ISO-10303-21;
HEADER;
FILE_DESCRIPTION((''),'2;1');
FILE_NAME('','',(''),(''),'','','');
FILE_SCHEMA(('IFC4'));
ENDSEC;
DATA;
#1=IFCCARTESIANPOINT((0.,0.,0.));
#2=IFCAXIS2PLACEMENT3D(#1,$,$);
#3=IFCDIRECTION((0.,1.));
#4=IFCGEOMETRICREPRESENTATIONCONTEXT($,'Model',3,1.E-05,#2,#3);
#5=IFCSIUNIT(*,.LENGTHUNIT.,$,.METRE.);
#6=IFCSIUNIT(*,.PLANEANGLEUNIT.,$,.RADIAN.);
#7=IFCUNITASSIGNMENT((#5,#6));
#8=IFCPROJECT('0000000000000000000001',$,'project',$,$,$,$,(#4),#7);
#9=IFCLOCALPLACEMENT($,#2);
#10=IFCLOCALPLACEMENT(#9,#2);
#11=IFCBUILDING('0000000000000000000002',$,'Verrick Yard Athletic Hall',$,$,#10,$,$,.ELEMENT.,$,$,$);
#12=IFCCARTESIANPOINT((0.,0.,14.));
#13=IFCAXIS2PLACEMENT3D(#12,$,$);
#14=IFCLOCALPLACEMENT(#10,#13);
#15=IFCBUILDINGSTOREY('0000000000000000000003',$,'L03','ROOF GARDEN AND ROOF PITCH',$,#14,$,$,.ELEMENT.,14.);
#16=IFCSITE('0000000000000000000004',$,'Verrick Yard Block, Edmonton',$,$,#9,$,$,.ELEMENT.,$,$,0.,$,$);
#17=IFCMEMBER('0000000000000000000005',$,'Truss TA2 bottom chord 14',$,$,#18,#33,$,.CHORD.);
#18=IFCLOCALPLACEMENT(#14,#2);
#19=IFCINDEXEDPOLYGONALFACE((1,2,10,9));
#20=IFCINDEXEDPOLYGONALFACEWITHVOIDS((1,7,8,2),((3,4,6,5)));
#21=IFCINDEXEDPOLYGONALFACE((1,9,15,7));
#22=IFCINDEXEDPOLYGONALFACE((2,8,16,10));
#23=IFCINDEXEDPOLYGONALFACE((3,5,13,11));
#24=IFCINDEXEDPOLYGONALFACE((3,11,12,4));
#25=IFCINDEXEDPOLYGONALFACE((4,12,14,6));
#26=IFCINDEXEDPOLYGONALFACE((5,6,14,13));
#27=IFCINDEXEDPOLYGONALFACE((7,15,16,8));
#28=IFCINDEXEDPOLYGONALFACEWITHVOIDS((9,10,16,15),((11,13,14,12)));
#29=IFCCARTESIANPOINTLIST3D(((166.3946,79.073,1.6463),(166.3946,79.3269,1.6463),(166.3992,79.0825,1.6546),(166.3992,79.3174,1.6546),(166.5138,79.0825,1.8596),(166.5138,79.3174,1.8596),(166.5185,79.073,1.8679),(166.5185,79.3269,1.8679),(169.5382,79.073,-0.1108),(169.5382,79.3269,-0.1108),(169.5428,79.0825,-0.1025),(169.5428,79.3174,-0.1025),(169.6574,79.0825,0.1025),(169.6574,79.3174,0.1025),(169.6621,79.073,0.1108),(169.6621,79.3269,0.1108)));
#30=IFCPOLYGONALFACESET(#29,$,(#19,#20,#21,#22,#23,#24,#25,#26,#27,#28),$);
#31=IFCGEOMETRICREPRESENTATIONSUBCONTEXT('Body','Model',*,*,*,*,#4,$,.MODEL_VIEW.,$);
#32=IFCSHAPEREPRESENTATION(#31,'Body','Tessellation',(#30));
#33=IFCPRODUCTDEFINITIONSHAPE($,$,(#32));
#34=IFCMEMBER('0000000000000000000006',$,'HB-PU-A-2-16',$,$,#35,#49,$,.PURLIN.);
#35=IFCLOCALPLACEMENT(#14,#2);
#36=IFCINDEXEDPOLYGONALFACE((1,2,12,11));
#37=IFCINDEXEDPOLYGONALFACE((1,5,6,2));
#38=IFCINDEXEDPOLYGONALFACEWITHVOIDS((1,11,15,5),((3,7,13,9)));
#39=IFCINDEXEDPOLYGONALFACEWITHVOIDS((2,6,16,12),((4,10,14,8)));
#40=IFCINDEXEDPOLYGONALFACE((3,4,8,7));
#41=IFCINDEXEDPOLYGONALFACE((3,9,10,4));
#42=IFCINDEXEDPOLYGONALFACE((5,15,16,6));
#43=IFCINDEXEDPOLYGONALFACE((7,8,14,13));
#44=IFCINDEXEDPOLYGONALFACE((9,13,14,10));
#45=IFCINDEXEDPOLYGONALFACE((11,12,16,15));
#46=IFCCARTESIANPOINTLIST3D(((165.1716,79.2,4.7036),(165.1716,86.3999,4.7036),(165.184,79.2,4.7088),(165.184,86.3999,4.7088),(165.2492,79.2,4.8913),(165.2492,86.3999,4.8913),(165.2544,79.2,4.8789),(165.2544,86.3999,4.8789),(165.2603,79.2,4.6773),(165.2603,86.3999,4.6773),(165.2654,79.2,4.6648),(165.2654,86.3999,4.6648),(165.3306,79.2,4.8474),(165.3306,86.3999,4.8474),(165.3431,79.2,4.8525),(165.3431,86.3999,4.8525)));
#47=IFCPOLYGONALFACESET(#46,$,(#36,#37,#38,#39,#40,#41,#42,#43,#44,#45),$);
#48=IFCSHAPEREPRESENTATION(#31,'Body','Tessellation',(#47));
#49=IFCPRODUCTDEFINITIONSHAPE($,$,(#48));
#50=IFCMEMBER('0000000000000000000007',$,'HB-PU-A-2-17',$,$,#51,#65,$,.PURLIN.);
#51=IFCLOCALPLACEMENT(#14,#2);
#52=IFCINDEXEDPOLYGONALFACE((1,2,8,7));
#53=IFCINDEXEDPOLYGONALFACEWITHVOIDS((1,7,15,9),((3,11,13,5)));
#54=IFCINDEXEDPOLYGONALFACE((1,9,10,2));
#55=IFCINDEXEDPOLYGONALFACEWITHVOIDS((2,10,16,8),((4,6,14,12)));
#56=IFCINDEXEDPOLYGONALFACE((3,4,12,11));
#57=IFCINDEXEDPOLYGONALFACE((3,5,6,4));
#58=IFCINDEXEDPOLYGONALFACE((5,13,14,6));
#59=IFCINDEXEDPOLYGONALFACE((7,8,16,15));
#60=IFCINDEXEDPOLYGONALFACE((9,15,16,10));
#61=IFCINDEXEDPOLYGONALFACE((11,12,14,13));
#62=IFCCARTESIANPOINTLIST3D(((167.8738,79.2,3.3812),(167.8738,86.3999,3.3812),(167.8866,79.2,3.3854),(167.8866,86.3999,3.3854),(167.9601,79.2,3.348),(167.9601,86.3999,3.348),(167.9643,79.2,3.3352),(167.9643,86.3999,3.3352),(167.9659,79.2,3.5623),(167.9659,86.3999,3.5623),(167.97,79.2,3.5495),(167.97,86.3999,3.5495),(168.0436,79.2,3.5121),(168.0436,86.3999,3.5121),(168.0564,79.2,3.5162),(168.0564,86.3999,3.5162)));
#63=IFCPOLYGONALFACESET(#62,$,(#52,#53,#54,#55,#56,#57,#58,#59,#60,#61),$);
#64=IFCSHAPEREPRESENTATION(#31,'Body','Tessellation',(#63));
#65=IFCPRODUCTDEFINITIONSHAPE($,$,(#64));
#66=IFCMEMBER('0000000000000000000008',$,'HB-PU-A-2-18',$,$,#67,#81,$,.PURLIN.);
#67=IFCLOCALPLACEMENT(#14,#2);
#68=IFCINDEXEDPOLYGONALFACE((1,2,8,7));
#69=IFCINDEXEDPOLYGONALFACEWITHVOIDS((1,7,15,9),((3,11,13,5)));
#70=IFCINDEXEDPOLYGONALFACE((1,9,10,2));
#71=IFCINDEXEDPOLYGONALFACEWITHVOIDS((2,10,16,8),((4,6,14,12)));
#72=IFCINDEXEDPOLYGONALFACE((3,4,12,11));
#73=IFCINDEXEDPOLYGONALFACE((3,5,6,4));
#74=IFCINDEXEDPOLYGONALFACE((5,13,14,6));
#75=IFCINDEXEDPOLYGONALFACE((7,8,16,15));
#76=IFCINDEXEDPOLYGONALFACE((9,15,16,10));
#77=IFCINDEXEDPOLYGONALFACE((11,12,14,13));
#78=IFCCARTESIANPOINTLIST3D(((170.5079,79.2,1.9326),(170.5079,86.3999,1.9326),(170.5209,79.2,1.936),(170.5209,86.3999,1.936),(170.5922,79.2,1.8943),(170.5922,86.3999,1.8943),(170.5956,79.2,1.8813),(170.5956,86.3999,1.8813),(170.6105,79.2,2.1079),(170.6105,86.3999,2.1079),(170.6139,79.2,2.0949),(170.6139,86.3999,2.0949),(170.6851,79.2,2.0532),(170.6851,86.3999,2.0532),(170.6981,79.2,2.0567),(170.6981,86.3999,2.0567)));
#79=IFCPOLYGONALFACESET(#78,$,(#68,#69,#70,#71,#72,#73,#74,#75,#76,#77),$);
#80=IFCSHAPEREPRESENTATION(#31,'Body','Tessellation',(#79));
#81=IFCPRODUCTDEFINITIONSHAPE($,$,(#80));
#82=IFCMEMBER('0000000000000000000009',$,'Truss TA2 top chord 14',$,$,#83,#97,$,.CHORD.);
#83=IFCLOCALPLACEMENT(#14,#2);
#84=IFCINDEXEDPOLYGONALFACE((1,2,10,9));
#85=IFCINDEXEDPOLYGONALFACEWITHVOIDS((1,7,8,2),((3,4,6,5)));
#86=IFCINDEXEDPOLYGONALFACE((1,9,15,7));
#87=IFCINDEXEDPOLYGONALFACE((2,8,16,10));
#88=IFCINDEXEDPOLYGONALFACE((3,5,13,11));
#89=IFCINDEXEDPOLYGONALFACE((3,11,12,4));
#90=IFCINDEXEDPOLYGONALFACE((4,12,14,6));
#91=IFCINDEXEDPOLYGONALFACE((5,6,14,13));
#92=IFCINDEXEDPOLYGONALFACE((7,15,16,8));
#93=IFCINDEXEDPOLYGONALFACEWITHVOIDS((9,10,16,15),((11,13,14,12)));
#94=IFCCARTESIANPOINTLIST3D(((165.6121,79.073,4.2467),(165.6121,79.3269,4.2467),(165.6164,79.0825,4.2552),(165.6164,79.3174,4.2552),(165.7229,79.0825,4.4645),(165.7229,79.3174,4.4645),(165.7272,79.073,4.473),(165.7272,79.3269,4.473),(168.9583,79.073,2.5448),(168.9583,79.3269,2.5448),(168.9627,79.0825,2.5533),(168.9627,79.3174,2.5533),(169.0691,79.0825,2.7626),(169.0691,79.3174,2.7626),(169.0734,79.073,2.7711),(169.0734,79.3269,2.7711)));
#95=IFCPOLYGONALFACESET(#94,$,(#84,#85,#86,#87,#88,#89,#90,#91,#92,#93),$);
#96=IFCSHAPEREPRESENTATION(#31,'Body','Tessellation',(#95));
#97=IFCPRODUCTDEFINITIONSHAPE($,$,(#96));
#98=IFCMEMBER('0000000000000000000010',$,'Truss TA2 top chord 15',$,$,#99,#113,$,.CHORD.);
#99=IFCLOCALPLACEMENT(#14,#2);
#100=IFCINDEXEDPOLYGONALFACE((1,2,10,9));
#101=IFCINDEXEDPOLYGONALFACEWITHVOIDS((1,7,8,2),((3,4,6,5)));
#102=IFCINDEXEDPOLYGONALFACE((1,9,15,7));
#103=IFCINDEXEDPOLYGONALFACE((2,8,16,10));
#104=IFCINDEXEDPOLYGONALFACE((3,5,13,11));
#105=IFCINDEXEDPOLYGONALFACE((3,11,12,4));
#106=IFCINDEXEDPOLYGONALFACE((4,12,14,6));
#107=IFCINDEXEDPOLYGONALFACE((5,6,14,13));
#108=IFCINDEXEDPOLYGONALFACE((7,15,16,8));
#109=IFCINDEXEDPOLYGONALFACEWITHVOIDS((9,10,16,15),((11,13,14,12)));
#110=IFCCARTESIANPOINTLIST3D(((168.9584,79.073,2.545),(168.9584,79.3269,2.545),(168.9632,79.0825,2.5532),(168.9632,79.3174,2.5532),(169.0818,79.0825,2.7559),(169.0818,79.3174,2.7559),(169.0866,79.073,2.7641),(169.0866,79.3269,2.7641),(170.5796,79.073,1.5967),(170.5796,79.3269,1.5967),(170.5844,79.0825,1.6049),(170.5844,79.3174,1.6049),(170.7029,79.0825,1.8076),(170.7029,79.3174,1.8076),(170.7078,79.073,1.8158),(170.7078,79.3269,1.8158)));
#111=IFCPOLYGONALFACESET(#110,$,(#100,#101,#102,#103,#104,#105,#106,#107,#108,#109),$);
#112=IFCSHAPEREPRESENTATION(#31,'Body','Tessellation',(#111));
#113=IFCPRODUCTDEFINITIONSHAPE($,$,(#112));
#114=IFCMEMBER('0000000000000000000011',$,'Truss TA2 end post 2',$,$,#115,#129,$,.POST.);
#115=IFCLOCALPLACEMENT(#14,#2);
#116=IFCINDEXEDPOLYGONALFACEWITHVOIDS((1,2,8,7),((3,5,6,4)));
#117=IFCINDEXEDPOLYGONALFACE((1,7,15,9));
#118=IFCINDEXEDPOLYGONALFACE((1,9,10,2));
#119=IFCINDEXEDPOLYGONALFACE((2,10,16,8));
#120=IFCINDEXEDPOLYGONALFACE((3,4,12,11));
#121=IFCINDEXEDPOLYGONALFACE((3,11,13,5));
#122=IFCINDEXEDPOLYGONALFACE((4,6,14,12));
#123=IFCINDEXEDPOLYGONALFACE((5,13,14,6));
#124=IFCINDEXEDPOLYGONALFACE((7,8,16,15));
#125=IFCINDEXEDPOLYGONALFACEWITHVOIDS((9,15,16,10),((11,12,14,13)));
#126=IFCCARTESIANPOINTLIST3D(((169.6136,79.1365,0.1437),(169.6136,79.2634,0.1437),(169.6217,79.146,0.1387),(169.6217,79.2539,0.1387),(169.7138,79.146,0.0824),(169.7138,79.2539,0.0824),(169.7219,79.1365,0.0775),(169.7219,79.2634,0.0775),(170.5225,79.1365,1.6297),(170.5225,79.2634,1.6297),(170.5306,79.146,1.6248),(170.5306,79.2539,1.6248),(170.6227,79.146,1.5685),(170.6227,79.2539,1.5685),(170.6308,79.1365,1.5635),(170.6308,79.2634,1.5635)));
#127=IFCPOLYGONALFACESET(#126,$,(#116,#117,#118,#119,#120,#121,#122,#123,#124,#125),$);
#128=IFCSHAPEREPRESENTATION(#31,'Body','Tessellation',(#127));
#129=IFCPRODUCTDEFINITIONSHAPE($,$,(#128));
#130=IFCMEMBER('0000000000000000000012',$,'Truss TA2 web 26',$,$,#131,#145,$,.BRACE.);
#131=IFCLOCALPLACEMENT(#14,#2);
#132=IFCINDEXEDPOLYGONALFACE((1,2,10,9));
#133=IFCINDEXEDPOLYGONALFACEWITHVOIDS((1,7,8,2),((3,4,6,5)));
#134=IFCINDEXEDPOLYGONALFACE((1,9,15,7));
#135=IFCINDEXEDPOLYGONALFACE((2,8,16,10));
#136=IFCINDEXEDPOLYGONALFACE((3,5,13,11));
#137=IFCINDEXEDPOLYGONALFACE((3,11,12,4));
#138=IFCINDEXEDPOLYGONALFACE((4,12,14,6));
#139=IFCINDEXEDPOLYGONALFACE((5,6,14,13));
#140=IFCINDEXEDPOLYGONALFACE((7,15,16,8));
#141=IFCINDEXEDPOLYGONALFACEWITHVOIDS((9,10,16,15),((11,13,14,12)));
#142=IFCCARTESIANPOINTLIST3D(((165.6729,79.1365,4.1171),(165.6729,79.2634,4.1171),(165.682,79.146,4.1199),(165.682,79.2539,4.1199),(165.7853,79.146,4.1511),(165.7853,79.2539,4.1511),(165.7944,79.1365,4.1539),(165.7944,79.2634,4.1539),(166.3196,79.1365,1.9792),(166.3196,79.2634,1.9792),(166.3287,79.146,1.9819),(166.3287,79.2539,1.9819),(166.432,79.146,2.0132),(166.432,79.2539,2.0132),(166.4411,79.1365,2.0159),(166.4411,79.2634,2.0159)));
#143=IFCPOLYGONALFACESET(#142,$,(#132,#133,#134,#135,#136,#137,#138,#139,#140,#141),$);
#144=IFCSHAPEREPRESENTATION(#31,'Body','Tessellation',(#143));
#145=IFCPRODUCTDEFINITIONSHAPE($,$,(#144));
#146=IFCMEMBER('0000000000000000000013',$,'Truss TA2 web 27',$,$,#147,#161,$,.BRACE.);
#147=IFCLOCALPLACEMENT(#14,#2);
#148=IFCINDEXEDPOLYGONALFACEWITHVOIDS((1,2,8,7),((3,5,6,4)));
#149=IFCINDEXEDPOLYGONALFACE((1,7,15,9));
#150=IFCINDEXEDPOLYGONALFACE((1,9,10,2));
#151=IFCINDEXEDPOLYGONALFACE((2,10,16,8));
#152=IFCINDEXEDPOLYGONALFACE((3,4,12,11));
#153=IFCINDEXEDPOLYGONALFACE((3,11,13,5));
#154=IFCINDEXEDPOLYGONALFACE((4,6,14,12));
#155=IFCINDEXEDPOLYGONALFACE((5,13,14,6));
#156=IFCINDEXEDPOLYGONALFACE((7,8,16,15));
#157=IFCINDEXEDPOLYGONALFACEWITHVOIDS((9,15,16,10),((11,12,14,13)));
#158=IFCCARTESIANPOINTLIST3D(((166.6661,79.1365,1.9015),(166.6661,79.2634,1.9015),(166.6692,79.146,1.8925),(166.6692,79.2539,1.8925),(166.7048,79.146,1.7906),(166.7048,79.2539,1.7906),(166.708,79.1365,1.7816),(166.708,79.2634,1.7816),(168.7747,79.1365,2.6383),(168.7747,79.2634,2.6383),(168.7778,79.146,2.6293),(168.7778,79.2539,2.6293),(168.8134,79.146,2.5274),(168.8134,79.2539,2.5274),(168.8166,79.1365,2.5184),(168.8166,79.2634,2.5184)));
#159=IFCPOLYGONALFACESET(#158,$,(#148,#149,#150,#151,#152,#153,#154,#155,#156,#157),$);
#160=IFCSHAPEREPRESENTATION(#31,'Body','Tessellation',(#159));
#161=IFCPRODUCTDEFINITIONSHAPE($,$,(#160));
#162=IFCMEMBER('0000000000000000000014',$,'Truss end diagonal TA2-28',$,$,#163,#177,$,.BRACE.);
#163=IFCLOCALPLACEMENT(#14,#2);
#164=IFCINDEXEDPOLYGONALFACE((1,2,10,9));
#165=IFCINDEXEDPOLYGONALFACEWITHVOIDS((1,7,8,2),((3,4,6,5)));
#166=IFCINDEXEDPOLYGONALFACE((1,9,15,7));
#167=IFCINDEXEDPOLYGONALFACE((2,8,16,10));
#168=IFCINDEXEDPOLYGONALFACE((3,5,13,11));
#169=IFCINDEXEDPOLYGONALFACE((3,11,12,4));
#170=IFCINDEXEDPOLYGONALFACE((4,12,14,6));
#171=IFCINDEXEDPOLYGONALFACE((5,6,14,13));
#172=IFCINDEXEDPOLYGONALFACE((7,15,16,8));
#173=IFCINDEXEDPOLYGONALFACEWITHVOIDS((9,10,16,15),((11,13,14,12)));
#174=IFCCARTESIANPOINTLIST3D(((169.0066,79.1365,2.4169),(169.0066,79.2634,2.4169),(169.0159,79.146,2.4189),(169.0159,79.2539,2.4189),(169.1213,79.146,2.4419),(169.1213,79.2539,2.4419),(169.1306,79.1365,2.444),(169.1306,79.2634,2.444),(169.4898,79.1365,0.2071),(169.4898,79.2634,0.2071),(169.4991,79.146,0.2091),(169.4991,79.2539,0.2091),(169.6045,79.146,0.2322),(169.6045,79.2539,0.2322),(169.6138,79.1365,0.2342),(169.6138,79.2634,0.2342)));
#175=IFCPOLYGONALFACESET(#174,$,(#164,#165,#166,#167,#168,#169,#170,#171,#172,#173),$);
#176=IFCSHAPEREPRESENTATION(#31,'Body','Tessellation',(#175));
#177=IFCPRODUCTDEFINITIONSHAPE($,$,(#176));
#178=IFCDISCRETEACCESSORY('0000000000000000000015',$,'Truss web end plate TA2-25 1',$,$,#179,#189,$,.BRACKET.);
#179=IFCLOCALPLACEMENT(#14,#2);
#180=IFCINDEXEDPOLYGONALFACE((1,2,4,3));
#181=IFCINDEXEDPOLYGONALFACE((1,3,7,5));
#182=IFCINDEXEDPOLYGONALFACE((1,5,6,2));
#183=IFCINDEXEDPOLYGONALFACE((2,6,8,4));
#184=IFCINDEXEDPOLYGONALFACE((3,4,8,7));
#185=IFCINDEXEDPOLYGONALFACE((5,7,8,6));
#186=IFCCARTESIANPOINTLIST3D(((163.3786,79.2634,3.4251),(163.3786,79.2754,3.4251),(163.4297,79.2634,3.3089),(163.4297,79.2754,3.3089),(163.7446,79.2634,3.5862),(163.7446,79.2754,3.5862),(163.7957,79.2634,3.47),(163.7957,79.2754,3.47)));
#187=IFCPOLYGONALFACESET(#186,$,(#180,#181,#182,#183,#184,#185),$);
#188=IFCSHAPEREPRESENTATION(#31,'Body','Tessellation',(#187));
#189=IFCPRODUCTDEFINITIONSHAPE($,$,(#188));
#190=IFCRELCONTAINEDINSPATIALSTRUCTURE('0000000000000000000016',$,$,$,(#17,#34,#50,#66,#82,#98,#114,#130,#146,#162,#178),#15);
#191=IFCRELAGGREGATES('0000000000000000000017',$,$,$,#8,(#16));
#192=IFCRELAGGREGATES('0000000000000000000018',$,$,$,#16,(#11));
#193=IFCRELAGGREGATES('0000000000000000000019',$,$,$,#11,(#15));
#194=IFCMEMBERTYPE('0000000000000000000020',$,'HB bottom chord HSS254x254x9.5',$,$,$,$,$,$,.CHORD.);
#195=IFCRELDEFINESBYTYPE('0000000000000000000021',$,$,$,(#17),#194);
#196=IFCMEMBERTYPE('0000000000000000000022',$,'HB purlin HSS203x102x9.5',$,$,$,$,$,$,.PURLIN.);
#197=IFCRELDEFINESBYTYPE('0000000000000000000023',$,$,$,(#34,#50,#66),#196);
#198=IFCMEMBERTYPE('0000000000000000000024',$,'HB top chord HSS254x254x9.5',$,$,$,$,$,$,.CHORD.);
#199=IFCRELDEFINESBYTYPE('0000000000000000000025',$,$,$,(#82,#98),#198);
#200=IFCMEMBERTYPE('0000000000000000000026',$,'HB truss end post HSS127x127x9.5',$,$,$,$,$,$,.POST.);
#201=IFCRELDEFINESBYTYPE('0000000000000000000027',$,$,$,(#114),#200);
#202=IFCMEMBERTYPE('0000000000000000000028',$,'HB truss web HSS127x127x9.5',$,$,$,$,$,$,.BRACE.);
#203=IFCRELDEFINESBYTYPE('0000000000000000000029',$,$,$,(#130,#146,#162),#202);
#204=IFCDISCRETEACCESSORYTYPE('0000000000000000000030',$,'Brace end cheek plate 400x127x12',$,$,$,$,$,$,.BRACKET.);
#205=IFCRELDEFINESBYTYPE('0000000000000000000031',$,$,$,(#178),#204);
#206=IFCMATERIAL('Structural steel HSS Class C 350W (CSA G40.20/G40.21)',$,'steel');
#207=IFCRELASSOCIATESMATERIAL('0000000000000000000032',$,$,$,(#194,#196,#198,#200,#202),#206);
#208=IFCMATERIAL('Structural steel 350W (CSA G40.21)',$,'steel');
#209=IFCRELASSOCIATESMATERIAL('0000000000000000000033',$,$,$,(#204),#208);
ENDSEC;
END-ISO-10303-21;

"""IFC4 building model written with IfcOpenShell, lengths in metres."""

from ifc_helpers import new_model, si_unit, direction, frame, origin, origin_2d, place, context, subcontext, project, spatial, rectangle, hollow_rectangle, extrude, material, material_profile, profile_set, type_object, element, save


model = new_model("IFC4")

# Units and contexts
model_context = context("Model", 3, precision=1e-05, world=origin(), true_north=direction((0.0, 1.0)))
body_context = subcontext(model_context, "Body", "Model", "MODEL_VIEW")
ifc_project = project(units=[si_unit("LENGTHUNIT", "METRE"), si_unit("PLANEANGLEUNIT", "RADIAN")], contexts=[model_context])

# Site, building, storey
site_placement = place(None, origin())
site = spatial("IfcSite", under=ifc_project, at=site_placement, Name="Verrick Yard Block, Edmonton", CompositionType="ELEMENT", RefElevation=0.0)
building_placement = place(site_placement, origin())
building = spatial("IfcBuilding", under=site, at=building_placement, Name="Verrick Yard Athletic Hall", CompositionType="ELEMENT")
storey_placement = place(building_placement, frame((0.0, 0.0, 14.0)))
storey = spatial("IfcBuildingStorey", under=building, at=storey_placement, Name="L03", Description="ROOF GARDEN AND ROOF PITCH", CompositionType="ELEMENT", Elevation=14.0)

# Members
ifc_material_1 = material(Name="Structural steel HSS Class C 350W (CSA G40.20/G40.21)", Category="steel")
ifc_material_profile_1 = material_profile(ifc_material_1, hollow_rectangle(XDim=0.2539, YDim=0.2539, WallThickness=0.0095, at=origin_2d()), Name="HSS254x254x9.5")
ifc_profile_set_1 = profile_set([ifc_material_profile_1], Name="Structural steel HSS Class C 350W (CSA G40.20/G40.21)")
member_type_1 = type_object("IfcMemberType", Name="HB bottom chord HSS254x254x9.5", PredefinedType="CHORD", material=ifc_profile_set_1)
member_1_placement = place(storey_placement, frame((166.4565, 79.2, 1.7571), z_axis=(0.872898, 0.0, -0.487903), x_axis=(0.0, 1.0, 0.0)))
element("IfcMember", 1, at=member_1_placement, inside=storey, type_object=member_type_1, Name="Truss TA2 bottom chord 14", PredefinedType="CHORD", context=body_context, shape_type="SweptSolid", body=[
    extrude(hollow_rectangle(XDim=0.2539, YDim=0.2539, WallThickness=0.0095, at=origin_2d()), origin(), (0.0, 0.0, 1.0), 3.6013),
])
ifc_material_profile_2 = material_profile(ifc_material_1, hollow_rectangle(XDim=0.1016, YDim=0.2031, WallThickness=0.0095, at=origin_2d()), Name="HSS203x102x9.5")
ifc_profile_set_2 = profile_set([ifc_material_profile_2], Name="Structural steel HSS Class C 350W (CSA G40.20/G40.21)")
member_type_2 = type_object("IfcMemberType", Name="HB purlin HSS203x102x9.5", PredefinedType="PURLIN", material=ifc_profile_set_2)
for number, where, z_axis, x_axis, name in (
    (2, (165.2573, 79.2, 4.7781), (0.0, 1.0, 0.0), (-0.924123, 0.0, 0.382096), "HB-PU-A-2-16"),
    (3, (167.9651, 79.2, 3.4487), (0.0, 1.0, 0.0), (-0.891353, 0.0, 0.45331), "HB-PU-A-2-17"),
    (4, (170.603, 79.2, 1.9946), (0.0, 1.0, 0.0), (-0.863168, 0.0, 0.504917), "HB-PU-A-2-18"),
):
    element("IfcMember", number, at=place(storey_placement, frame(where, z_axis=z_axis, x_axis=x_axis)), inside=storey, type_object=member_type_2, Name=name, PredefinedType="PURLIN", context=body_context, shape_type="SweptSolid", body=[
        extrude(hollow_rectangle(XDim=0.1016, YDim=0.2031, WallThickness=0.0095, at=origin_2d()), origin(), (0.0, 0.0, 1.0), 7.2),
    ])
ifc_material_profile_3 = material_profile(ifc_material_1, hollow_rectangle(XDim=0.2539, YDim=0.2539, WallThickness=0.0095, at=origin_2d()), Name="HSS254x254x9.5")
ifc_profile_set_3 = profile_set([ifc_material_profile_3], Name="Structural steel HSS Class C 350W (CSA G40.20/G40.21)")
member_type_3 = type_object("IfcMemberType", Name="HB top chord HSS254x254x9.5", PredefinedType="CHORD", material=ifc_profile_set_3)
member_2_placement = place(storey_placement, frame((165.6697, 79.2, 4.3599), z_axis=(0.891337, 0.0, -0.453342), x_axis=(0.0, 1.0, 0.0)))
element("IfcMember", 5, at=member_2_placement, inside=storey, type_object=member_type_3, Name="Truss TA2 top chord 14", PredefinedType="CHORD", context=body_context, shape_type="SweptSolid", body=[
    extrude(hollow_rectangle(XDim=0.2539, YDim=0.2539, WallThickness=0.0095, at=origin_2d()), origin(), (0.0, 0.0, 1.0), 3.7542),
])
member_3_placement = place(storey_placement, frame((169.0225, 79.2, 2.6545), z_axis=(0.863175, 0.0, -0.504905), x_axis=(0.0, 1.0, 0.0)))
element("IfcMember", 6, at=member_3_placement, inside=storey, type_object=member_type_3, Name="Truss TA2 top chord 15", PredefinedType="CHORD", context=body_context, shape_type="SweptSolid", body=[
    extrude(hollow_rectangle(XDim=0.2539, YDim=0.2539, WallThickness=0.0095, at=origin_2d()), origin(), (0.0, 0.0, 1.0), 1.8782),
])
ifc_material_profile_4 = material_profile(ifc_material_1, hollow_rectangle(XDim=0.127, YDim=0.127, WallThickness=0.0095, at=origin_2d()), Name="HSS127x127x9.5")
ifc_profile_set_4 = profile_set([ifc_material_profile_4], Name="Structural steel HSS Class C 350W (CSA G40.20/G40.21)")
member_type_4 = type_object("IfcMemberType", Name="HB truss end post HSS127x127x9.5", PredefinedType="POST", material=ifc_profile_set_4)
member_4_placement = place(storey_placement, frame((169.6677, 79.2, 0.1106), z_axis=(0.521773, 0.0, 0.853084), x_axis=(0.0, 1.0, 0.0)))
element("IfcMember", 7, at=member_4_placement, inside=storey, type_object=member_type_4, Name="Truss TA2 end post 2", PredefinedType="POST", context=body_context, shape_type="SweptSolid", body=[
    extrude(hollow_rectangle(XDim=0.127, YDim=0.127, WallThickness=0.0095, at=origin_2d()), origin(), (0.0, 0.0, 1.0), 1.7419),
])
ifc_material_profile_5 = material_profile(ifc_material_1, hollow_rectangle(XDim=0.127, YDim=0.127, WallThickness=0.0095, at=origin_2d()), Name="HSS127x127x9.5")
ifc_profile_set_5 = profile_set([ifc_material_profile_5], Name="Structural steel HSS Class C 350W (CSA G40.20/G40.21)")
member_type_5 = type_object("IfcMemberType", Name="HB truss web HSS127x127x9.5", PredefinedType="BRACE", material=ifc_profile_set_5)
for number, where, z_axis, x_axis, name in (
    (8, (165.7336, 79.2, 4.1355), (0.289543, 0.0, -0.957165), (0.0, 1.0, 0.0), "Truss TA2 web 26"),
    (9, (166.687, 79.2, 1.8416), (0.944027, 0.0, 0.329868), (0.0, 1.0, 0.0), "Truss TA2 web 27"),
):
    element("IfcMember", number, at=place(storey_placement, frame(where, z_axis=z_axis, x_axis=x_axis)), inside=storey, type_object=member_type_5, Name=name, PredefinedType="BRACE", context=body_context, shape_type="SweptSolid", body=[
        extrude(hollow_rectangle(XDim=0.127, YDim=0.127, WallThickness=0.0095, at=origin_2d()), origin(), (0.0, 0.0, 1.0), 2.2336),
    ])
member_5_placement = place(storey_placement, frame((169.0686, 79.2, 2.4304), z_axis=(0.213604, 0.0, -0.97692), x_axis=(0.0, 1.0, 0.0)))
element("IfcMember", 10, at=member_5_placement, inside=storey, type_object=member_type_5, Name="Truss end diagonal TA2-28", PredefinedType="BRACE", context=body_context, shape_type="SweptSolid", body=[
    extrude(hollow_rectangle(XDim=0.127, YDim=0.127, WallThickness=0.0095, at=origin_2d()), origin(), (0.0, 0.0, 1.0), 2.262),
])

# Discrete accessory
ifc_material_2 = material(Name="Structural steel 350W (CSA G40.21)", Category="steel")
ifc_material_profile_6 = material_profile(ifc_material_2, rectangle(XDim=0.3999, YDim=0.127, at=origin_2d()), Name="Brace end cheek plate")
ifc_profile_set_6 = profile_set([ifc_material_profile_6], Name="Structural steel 350W (CSA G40.21)")
discrete_accessory_type_1 = type_object("IfcDiscreteAccessoryType", Name="Brace end cheek plate 400x127x12", PredefinedType="BRACKET", material=ifc_profile_set_6)
for number, where, z_axis, x_axis, name in (
    (11, (163.5872, 79.2634, 3.4475), (0.0, 1.0, 0.0), (0.915285, 0.0, 0.402806), "Truss web end plate TA2-25 1"),
):
    element("IfcDiscreteAccessory", number, at=place(storey_placement, frame(where, z_axis=z_axis, x_axis=x_axis)), inside=storey, type_object=discrete_accessory_type_1, Name=name, PredefinedType="BRACKET", context=body_context, shape_type="SweptSolid", body=[
        extrude(rectangle(XDim=0.3999, YDim=0.127, at=origin_2d()), origin(), (0.0, 0.0, 1.0), 0.012),
    ])

save(model, "model.ifc")
